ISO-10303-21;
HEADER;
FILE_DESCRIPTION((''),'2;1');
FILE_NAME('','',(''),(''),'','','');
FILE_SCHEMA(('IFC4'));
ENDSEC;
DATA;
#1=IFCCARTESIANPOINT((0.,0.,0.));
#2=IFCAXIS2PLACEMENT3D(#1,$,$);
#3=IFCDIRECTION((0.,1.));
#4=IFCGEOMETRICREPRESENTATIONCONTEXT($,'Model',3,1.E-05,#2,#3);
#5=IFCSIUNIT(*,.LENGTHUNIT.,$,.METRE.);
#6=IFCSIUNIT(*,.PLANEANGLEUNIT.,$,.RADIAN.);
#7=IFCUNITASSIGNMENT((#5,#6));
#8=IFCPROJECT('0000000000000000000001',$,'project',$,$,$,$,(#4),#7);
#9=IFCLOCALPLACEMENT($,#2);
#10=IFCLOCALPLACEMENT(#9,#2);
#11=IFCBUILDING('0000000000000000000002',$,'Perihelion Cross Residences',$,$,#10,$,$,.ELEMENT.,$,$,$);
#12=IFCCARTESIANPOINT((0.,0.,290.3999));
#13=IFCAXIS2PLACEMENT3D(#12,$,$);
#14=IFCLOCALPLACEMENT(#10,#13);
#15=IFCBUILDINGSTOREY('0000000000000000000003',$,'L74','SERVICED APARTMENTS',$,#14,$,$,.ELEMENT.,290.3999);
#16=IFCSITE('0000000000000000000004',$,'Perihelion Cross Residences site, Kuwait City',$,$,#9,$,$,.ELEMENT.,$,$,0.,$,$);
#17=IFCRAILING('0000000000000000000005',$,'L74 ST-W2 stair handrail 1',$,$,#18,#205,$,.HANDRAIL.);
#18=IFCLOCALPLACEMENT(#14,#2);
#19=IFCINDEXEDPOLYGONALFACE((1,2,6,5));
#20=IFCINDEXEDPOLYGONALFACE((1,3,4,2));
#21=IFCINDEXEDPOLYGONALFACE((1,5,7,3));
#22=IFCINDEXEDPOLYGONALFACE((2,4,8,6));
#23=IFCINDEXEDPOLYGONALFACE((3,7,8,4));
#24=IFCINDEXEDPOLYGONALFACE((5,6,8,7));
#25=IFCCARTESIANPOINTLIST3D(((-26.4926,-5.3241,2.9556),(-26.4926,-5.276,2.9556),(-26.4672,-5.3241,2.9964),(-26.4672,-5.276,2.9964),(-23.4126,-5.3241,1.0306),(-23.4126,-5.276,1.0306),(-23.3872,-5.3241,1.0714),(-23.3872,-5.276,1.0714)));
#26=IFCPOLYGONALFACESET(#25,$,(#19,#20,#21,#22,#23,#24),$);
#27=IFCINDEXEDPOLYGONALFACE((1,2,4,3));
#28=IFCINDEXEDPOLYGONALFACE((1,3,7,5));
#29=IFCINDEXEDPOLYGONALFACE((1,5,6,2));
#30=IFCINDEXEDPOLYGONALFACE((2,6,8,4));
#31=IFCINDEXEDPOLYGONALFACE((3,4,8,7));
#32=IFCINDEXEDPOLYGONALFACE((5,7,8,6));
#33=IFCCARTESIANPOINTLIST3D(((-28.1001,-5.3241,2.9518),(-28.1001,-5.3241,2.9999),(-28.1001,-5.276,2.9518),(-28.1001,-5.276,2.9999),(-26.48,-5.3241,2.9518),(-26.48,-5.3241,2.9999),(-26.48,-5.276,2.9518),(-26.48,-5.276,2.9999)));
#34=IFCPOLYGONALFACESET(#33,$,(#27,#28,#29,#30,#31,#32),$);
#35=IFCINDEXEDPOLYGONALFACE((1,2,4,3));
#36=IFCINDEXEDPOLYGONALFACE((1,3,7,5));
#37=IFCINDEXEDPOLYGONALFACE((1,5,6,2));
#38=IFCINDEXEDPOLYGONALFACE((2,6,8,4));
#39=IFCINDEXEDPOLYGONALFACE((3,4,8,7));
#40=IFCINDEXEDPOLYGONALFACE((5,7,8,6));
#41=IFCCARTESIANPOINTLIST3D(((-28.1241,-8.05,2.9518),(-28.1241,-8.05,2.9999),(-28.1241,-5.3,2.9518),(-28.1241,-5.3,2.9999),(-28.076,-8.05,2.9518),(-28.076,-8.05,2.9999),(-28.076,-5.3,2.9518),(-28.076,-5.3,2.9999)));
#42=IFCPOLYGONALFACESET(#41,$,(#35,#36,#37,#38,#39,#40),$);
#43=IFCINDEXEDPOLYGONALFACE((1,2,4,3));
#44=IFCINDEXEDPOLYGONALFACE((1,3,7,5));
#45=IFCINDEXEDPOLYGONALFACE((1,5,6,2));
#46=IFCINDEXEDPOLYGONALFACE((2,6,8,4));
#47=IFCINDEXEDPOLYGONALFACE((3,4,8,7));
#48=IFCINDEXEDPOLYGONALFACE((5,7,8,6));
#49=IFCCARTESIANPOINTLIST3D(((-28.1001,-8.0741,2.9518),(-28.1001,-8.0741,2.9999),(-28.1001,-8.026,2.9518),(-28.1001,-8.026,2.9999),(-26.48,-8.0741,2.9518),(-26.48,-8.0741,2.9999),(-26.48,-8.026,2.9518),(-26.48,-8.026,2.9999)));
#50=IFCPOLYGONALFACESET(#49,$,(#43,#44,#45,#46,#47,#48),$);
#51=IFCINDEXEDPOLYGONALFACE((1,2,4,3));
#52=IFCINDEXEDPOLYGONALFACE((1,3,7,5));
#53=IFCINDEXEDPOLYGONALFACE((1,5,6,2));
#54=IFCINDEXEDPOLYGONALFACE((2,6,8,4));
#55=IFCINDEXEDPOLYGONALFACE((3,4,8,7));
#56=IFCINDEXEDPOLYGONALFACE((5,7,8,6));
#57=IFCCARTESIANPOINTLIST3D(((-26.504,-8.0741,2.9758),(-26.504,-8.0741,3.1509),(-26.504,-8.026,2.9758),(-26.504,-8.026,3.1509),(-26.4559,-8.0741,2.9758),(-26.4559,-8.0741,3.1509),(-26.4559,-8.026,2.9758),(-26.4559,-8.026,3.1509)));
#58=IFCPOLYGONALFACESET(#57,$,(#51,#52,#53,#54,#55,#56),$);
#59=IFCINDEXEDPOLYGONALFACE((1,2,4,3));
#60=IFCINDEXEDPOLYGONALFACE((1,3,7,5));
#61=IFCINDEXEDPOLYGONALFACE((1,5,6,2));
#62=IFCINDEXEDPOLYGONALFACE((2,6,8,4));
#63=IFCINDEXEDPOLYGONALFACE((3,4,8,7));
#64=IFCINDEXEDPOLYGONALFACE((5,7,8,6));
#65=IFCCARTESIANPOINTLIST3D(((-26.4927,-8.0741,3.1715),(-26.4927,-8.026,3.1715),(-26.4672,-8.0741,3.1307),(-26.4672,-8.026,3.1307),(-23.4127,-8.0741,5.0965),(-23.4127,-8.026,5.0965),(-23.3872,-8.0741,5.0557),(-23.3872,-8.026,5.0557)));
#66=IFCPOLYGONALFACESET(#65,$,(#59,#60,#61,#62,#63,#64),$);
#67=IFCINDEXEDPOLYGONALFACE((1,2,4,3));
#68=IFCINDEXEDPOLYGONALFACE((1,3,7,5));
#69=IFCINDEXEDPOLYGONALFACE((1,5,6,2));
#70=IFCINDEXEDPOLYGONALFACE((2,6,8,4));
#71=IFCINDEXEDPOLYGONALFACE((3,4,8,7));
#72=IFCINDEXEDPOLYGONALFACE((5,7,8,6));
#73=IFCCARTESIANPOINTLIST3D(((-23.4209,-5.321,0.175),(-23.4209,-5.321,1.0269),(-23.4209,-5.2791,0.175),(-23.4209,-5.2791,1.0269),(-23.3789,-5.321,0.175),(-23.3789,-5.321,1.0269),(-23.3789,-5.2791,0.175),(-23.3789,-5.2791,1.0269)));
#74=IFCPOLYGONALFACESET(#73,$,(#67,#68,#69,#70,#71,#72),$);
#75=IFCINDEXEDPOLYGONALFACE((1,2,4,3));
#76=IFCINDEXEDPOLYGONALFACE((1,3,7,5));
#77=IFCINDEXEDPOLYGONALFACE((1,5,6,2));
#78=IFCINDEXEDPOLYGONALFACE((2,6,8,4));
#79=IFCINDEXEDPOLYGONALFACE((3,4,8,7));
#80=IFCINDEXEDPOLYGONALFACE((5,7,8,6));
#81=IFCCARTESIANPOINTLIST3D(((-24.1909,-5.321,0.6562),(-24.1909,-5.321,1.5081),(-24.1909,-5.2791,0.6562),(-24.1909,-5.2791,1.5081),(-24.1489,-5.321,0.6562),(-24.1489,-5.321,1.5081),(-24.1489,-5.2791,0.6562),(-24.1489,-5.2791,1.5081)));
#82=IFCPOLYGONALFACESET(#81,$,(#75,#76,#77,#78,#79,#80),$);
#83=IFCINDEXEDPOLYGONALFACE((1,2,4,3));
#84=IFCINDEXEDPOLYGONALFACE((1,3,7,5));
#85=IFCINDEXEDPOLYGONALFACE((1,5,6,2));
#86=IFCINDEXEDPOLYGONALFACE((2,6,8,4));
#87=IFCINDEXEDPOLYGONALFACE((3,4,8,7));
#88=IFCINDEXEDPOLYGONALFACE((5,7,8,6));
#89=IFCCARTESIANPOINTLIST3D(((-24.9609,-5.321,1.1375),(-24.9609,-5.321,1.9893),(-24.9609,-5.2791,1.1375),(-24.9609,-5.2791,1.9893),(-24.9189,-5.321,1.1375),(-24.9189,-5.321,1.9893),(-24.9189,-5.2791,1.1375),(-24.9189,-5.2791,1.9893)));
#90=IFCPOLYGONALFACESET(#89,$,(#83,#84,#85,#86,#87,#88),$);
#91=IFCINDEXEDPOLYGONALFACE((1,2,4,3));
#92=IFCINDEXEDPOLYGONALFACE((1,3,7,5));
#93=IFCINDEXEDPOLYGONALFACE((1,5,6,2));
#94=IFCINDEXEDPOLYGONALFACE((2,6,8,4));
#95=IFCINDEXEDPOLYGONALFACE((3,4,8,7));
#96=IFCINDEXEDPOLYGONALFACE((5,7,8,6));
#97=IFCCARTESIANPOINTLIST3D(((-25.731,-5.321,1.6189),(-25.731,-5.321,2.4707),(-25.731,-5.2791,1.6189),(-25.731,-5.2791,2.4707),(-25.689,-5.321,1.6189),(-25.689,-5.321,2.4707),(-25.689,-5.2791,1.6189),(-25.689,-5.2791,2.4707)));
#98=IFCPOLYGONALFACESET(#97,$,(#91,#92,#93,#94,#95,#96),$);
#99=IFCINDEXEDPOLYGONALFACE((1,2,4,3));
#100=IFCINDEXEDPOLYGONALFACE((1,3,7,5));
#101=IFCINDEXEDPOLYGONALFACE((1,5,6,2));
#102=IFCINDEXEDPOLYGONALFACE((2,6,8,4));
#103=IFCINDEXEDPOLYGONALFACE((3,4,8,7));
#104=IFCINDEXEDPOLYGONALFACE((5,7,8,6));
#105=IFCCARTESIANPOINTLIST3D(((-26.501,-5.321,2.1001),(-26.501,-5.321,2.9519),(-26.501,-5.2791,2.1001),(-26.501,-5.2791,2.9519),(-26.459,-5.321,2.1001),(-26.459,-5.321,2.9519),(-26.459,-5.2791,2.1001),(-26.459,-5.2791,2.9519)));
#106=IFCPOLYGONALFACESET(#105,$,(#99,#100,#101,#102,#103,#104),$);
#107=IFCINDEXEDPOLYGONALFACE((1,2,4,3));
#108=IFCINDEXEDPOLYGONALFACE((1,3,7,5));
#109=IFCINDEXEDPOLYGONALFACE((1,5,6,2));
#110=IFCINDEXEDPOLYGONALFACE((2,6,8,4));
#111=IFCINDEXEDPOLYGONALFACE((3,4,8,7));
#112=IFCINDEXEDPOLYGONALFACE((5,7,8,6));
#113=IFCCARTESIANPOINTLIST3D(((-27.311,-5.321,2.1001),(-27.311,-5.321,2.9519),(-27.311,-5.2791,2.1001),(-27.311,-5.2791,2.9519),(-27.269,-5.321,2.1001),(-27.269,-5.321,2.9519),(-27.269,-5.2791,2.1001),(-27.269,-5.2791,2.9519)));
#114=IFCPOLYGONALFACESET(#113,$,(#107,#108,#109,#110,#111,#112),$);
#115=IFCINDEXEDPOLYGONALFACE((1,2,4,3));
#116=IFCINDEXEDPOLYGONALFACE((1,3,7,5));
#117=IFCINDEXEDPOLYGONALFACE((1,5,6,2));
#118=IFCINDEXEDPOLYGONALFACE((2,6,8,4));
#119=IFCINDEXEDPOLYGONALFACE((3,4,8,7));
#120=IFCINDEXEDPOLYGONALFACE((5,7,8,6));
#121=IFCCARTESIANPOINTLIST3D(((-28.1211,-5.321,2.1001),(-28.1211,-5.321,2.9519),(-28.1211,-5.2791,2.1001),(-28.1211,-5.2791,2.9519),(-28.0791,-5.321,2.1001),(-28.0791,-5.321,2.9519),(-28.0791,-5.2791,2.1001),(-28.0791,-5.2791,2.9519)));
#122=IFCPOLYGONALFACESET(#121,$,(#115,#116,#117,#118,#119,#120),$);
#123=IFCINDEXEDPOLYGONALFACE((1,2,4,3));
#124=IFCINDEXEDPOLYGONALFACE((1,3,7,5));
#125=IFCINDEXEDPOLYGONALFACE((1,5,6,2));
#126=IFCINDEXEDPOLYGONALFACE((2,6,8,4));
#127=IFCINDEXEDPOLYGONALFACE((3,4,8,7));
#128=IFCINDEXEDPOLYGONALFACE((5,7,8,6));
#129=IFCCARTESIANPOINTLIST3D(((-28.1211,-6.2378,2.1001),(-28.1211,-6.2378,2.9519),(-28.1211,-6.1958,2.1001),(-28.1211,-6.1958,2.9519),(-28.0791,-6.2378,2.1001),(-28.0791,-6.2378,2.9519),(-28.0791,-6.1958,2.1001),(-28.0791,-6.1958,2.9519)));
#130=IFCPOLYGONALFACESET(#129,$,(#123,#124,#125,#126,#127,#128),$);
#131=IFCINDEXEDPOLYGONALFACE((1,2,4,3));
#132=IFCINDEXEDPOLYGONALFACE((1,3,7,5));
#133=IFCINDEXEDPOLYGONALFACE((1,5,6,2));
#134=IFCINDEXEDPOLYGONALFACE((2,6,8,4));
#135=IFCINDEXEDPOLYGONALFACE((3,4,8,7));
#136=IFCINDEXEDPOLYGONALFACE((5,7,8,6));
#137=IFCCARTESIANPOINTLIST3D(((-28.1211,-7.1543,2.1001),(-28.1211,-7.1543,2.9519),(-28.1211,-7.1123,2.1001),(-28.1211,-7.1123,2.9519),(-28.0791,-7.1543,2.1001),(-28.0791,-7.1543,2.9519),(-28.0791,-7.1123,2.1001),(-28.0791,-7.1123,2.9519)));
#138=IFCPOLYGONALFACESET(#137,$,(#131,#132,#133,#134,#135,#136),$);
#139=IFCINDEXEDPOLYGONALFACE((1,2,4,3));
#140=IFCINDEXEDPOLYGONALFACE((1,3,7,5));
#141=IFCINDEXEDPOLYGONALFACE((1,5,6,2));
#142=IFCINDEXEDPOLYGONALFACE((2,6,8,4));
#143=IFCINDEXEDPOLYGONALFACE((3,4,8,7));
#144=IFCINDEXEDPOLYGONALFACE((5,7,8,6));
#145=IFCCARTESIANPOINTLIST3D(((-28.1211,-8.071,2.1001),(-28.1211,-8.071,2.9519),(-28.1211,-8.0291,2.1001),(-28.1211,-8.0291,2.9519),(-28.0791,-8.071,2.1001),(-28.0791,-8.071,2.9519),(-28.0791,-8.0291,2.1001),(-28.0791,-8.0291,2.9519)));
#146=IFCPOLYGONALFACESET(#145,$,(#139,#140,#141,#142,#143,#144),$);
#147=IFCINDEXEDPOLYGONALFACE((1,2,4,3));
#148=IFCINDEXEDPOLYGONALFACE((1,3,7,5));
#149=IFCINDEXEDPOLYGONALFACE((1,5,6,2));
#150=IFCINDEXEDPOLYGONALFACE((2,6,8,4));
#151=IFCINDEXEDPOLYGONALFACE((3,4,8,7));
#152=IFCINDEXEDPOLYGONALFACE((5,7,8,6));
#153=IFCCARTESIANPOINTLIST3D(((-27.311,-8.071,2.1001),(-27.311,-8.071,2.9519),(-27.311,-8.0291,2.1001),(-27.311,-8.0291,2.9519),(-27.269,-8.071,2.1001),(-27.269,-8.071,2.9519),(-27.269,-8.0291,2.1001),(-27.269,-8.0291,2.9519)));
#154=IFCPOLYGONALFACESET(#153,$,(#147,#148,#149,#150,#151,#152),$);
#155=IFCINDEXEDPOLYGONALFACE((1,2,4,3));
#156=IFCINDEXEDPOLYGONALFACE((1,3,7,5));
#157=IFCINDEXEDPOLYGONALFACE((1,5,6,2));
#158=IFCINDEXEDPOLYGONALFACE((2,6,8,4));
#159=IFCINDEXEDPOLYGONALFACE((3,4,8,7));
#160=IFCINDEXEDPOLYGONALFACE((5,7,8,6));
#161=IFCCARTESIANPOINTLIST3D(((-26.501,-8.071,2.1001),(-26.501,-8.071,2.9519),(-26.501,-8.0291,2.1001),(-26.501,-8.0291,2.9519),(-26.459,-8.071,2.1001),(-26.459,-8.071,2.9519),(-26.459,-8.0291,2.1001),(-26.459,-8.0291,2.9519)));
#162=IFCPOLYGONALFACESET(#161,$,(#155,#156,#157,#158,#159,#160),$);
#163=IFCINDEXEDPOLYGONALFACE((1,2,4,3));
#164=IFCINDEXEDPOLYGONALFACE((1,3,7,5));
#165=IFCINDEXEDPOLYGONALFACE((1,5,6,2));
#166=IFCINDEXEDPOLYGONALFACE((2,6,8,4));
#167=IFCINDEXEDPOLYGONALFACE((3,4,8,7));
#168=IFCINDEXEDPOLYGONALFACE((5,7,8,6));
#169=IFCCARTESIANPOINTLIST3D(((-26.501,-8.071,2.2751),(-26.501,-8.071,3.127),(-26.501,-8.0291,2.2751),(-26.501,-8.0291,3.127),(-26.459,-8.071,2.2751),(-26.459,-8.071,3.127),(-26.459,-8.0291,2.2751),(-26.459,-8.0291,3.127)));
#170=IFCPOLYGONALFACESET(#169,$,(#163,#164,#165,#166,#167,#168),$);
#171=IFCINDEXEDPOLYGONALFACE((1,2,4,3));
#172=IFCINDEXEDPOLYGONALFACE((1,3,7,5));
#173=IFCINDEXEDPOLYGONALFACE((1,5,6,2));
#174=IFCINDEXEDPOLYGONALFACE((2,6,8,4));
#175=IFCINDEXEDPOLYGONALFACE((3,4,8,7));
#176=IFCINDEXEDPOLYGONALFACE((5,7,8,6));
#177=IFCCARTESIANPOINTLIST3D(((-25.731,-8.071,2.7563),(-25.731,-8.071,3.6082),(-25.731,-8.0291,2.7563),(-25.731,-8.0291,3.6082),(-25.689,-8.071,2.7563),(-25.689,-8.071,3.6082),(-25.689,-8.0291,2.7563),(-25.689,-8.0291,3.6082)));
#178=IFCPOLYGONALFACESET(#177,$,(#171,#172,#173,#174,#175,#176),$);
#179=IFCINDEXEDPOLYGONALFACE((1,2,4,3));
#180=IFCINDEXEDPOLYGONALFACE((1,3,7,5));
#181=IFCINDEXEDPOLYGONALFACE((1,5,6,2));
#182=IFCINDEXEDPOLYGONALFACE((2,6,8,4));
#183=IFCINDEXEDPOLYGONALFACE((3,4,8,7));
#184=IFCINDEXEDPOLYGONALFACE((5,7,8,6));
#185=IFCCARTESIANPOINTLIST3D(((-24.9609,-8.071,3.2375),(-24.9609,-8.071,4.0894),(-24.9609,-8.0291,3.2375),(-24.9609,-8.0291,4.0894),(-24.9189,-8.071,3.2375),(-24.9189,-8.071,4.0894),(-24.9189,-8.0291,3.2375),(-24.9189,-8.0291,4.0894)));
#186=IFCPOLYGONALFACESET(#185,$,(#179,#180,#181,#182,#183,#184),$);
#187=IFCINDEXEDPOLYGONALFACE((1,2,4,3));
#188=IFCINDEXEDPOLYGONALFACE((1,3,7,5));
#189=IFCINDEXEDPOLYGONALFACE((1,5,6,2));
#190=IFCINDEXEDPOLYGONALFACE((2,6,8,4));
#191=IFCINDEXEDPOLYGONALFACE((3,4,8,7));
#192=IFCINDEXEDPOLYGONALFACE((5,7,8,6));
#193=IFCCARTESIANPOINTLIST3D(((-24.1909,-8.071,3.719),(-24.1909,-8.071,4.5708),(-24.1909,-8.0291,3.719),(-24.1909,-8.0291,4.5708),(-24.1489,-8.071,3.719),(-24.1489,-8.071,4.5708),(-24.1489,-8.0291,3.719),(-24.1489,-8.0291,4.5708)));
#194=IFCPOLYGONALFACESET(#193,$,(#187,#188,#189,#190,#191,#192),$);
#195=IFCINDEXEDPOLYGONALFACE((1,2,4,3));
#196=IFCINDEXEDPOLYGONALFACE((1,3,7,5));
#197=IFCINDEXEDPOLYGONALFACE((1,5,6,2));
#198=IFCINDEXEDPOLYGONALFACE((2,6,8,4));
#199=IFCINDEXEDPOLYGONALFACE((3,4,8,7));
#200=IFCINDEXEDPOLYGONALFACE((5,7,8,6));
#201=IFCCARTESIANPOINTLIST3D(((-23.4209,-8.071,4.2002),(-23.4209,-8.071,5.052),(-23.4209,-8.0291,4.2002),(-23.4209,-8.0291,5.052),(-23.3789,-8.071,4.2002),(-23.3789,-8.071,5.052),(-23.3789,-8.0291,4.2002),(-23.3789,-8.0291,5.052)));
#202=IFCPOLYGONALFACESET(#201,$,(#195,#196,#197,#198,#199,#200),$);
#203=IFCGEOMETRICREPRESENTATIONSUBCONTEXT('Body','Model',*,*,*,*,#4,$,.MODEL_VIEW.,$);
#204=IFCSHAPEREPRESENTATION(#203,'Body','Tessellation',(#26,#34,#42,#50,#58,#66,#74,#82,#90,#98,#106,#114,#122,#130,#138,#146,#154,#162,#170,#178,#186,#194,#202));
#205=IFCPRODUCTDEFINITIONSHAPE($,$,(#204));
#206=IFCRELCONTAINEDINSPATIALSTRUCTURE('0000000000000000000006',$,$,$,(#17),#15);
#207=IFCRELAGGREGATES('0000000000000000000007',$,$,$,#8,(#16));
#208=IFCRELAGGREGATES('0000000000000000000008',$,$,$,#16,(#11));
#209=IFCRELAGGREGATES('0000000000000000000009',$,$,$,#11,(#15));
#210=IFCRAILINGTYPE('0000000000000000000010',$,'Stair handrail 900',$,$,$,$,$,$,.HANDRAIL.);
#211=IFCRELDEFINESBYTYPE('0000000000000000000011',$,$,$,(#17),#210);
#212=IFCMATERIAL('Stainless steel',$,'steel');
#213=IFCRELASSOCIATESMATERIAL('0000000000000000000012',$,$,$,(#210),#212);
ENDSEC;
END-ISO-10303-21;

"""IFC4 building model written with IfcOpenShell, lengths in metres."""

from ifc_helpers import new_model, si_unit, direction, frame, origin, origin_2d, place, context, subcontext, project, spatial, rectangle, extrude, material, type_object, element, save


model = new_model("IFC4")

# Units and contexts
model_context = context("Model", 3, precision=1e-05, world=origin(), true_north=direction((0.0, 1.0)))
body_context = subcontext(model_context, "Body", "Model", "MODEL_VIEW")
ifc_project = project(units=[si_unit("LENGTHUNIT", "METRE"), si_unit("PLANEANGLEUNIT", "RADIAN")], contexts=[model_context])

# Site, building, storey
site_placement = place(None, origin())
site = spatial("IfcSite", under=ifc_project, at=site_placement, Name="Perihelion Cross Residences site, Kuwait City", CompositionType="ELEMENT", RefElevation=0.0)
building_placement = place(site_placement, origin())
building = spatial("IfcBuilding", under=site, at=building_placement, Name="Perihelion Cross Residences", CompositionType="ELEMENT")
storey_placement = place(building_placement, frame((0.0, 0.0, 290.3999)))
storey = spatial("IfcBuildingStorey", under=building, at=storey_placement, Name="L74", Description="SERVICED APARTMENTS", CompositionType="ELEMENT", Elevation=290.3999)

# Railing
ifc_material_1 = material(Name="Stainless steel", Category="steel")
railing_type_1 = type_object("IfcRailingType", Name="Stair handrail 900", PredefinedType="HANDRAIL", material=ifc_material_1)
railing_1_placement = place(storey_placement, frame((-23.3999, -5.3, 0.175)))
element("IfcRailing", 1, at=railing_1_placement, inside=storey, type_object=railing_type_1, Name="L74 ST-W2 stair handrail 1", PredefinedType="HANDRAIL", context=body_context, shape_type="SweptSolid", body=[
    extrude(rectangle(XDim=0.0481, YDim=0.0481, at=origin_2d()), frame((0.0, 0.0, 0.876), z_axis=(-0.847998, 0.0, 0.529999), x_axis=(0.0, -1.0, 0.0)), (0.0, 0.0, 1.0), 3.6321),
    extrude(rectangle(XDim=0.0481, YDim=0.0481, at=origin_2d()), frame((-3.0801, 0.0, 2.8008), z_axis=(-1.0, 0.0, 0.0), x_axis=(0.0, -1.0, 0.0)), (0.0, 0.0, 1.0), 1.6201),
    extrude(rectangle(XDim=0.0481, YDim=0.0481, at=origin_2d()), frame((-4.7002, 0.0, 2.8008), z_axis=(0.0, -1.0, 0.0), x_axis=(1.0, 0.0, 0.0)), (0.0, 0.0, 1.0), 2.75),
    extrude(rectangle(XDim=0.0481, YDim=0.0481, at=origin_2d()), frame((-4.7002, -2.75, 2.8008), z_axis=(1.0, 0.0, 0.0), x_axis=(0.0, 1.0, 0.0)), (0.0, 0.0, 1.0), 1.6201),
    extrude(rectangle(XDim=0.0481, YDim=0.0481, at=origin_2d()), frame((-3.0801, -2.75, 2.8008), z_axis=(0.0, 0.0, 1.0), x_axis=(1.0, 0.0, 0.0)), (0.0, 0.0, 1.0), 0.175),
    extrude(rectangle(XDim=0.0481, YDim=0.0481, at=origin_2d()), frame((-3.0801, -2.75, 2.9761), z_axis=(0.847998, 0.0, 0.529999), x_axis=(0.0, 1.0, 0.0)), (0.0, 0.0, 1.0), 3.6321),
    extrude(rectangle(XDim=0.042, YDim=0.042, at=origin_2d()), origin(), (0.0, 0.0, 1.0), 0.8518),
    extrude(rectangle(XDim=0.042, YDim=0.042, at=origin_2d()), frame((-0.77, 0.0, 0.4812)), (0.0, 0.0, 1.0), 0.8518),
    extrude(rectangle(XDim=0.042, YDim=0.042, at=origin_2d()), frame((-1.54, 0.0, 0.9624)), (0.0, 0.0, 1.0), 0.8518),
    extrude(rectangle(XDim=0.042, YDim=0.042, at=origin_2d()), frame((-2.3101, 0.0, 1.4438)), (0.0, 0.0, 1.0), 0.8518),
    extrude(rectangle(XDim=0.042, YDim=0.042, at=origin_2d()), frame((-3.0801, 0.0, 1.925)), (0.0, 0.0, 1.0), 0.8518),
    extrude(rectangle(XDim=0.042, YDim=0.042, at=origin_2d()), frame((-3.8901, 0.0, 1.925)), (0.0, 0.0, 1.0), 0.8518),
    extrude(rectangle(XDim=0.042, YDim=0.042, at=origin_2d()), frame((-4.7002, 0.0, 1.925)), (0.0, 0.0, 1.0), 0.8518),
    extrude(rectangle(XDim=0.042, YDim=0.042, at=origin_2d()), frame((-4.7002, -0.9167, 1.925)), (0.0, 0.0, 1.0), 0.8518),
    extrude(rectangle(XDim=0.042, YDim=0.042, at=origin_2d()), frame((-4.7002, -1.8333, 1.925)), (0.0, 0.0, 1.0), 0.8518),
    extrude(rectangle(XDim=0.042, YDim=0.042, at=origin_2d()), frame((-4.7002, -2.75, 1.925)), (0.0, 0.0, 1.0), 0.8518),
    extrude(rectangle(XDim=0.042, YDim=0.042, at=origin_2d()), frame((-3.8901, -2.75, 1.925)), (0.0, 0.0, 1.0), 0.8518),
    extrude(rectangle(XDim=0.042, YDim=0.042, at=origin_2d()), frame((-3.0801, -2.75, 1.925)), (0.0, 0.0, 1.0), 0.8518),
    extrude(rectangle(XDim=0.042, YDim=0.042, at=origin_2d()), frame((-3.0801, -2.75, 2.1001)), (0.0, 0.0, 1.0), 0.8518),
    extrude(rectangle(XDim=0.042, YDim=0.042, at=origin_2d()), frame((-2.3101, -2.75, 2.5813)), (0.0, 0.0, 1.0), 0.8518),
    extrude(rectangle(XDim=0.042, YDim=0.042, at=origin_2d()), frame((-1.54, -2.75, 3.0625)), (0.0, 0.0, 1.0), 0.8518),
    extrude(rectangle(XDim=0.042, YDim=0.042, at=origin_2d()), frame((-0.77, -2.75, 3.5439)), (0.0, 0.0, 1.0), 0.8518),
    extrude(rectangle(XDim=0.042, YDim=0.042, at=origin_2d()), frame((0.0, -2.75, 4.0251)), (0.0, 0.0, 1.0), 0.8518),
])

save(model, "model.ifc")
